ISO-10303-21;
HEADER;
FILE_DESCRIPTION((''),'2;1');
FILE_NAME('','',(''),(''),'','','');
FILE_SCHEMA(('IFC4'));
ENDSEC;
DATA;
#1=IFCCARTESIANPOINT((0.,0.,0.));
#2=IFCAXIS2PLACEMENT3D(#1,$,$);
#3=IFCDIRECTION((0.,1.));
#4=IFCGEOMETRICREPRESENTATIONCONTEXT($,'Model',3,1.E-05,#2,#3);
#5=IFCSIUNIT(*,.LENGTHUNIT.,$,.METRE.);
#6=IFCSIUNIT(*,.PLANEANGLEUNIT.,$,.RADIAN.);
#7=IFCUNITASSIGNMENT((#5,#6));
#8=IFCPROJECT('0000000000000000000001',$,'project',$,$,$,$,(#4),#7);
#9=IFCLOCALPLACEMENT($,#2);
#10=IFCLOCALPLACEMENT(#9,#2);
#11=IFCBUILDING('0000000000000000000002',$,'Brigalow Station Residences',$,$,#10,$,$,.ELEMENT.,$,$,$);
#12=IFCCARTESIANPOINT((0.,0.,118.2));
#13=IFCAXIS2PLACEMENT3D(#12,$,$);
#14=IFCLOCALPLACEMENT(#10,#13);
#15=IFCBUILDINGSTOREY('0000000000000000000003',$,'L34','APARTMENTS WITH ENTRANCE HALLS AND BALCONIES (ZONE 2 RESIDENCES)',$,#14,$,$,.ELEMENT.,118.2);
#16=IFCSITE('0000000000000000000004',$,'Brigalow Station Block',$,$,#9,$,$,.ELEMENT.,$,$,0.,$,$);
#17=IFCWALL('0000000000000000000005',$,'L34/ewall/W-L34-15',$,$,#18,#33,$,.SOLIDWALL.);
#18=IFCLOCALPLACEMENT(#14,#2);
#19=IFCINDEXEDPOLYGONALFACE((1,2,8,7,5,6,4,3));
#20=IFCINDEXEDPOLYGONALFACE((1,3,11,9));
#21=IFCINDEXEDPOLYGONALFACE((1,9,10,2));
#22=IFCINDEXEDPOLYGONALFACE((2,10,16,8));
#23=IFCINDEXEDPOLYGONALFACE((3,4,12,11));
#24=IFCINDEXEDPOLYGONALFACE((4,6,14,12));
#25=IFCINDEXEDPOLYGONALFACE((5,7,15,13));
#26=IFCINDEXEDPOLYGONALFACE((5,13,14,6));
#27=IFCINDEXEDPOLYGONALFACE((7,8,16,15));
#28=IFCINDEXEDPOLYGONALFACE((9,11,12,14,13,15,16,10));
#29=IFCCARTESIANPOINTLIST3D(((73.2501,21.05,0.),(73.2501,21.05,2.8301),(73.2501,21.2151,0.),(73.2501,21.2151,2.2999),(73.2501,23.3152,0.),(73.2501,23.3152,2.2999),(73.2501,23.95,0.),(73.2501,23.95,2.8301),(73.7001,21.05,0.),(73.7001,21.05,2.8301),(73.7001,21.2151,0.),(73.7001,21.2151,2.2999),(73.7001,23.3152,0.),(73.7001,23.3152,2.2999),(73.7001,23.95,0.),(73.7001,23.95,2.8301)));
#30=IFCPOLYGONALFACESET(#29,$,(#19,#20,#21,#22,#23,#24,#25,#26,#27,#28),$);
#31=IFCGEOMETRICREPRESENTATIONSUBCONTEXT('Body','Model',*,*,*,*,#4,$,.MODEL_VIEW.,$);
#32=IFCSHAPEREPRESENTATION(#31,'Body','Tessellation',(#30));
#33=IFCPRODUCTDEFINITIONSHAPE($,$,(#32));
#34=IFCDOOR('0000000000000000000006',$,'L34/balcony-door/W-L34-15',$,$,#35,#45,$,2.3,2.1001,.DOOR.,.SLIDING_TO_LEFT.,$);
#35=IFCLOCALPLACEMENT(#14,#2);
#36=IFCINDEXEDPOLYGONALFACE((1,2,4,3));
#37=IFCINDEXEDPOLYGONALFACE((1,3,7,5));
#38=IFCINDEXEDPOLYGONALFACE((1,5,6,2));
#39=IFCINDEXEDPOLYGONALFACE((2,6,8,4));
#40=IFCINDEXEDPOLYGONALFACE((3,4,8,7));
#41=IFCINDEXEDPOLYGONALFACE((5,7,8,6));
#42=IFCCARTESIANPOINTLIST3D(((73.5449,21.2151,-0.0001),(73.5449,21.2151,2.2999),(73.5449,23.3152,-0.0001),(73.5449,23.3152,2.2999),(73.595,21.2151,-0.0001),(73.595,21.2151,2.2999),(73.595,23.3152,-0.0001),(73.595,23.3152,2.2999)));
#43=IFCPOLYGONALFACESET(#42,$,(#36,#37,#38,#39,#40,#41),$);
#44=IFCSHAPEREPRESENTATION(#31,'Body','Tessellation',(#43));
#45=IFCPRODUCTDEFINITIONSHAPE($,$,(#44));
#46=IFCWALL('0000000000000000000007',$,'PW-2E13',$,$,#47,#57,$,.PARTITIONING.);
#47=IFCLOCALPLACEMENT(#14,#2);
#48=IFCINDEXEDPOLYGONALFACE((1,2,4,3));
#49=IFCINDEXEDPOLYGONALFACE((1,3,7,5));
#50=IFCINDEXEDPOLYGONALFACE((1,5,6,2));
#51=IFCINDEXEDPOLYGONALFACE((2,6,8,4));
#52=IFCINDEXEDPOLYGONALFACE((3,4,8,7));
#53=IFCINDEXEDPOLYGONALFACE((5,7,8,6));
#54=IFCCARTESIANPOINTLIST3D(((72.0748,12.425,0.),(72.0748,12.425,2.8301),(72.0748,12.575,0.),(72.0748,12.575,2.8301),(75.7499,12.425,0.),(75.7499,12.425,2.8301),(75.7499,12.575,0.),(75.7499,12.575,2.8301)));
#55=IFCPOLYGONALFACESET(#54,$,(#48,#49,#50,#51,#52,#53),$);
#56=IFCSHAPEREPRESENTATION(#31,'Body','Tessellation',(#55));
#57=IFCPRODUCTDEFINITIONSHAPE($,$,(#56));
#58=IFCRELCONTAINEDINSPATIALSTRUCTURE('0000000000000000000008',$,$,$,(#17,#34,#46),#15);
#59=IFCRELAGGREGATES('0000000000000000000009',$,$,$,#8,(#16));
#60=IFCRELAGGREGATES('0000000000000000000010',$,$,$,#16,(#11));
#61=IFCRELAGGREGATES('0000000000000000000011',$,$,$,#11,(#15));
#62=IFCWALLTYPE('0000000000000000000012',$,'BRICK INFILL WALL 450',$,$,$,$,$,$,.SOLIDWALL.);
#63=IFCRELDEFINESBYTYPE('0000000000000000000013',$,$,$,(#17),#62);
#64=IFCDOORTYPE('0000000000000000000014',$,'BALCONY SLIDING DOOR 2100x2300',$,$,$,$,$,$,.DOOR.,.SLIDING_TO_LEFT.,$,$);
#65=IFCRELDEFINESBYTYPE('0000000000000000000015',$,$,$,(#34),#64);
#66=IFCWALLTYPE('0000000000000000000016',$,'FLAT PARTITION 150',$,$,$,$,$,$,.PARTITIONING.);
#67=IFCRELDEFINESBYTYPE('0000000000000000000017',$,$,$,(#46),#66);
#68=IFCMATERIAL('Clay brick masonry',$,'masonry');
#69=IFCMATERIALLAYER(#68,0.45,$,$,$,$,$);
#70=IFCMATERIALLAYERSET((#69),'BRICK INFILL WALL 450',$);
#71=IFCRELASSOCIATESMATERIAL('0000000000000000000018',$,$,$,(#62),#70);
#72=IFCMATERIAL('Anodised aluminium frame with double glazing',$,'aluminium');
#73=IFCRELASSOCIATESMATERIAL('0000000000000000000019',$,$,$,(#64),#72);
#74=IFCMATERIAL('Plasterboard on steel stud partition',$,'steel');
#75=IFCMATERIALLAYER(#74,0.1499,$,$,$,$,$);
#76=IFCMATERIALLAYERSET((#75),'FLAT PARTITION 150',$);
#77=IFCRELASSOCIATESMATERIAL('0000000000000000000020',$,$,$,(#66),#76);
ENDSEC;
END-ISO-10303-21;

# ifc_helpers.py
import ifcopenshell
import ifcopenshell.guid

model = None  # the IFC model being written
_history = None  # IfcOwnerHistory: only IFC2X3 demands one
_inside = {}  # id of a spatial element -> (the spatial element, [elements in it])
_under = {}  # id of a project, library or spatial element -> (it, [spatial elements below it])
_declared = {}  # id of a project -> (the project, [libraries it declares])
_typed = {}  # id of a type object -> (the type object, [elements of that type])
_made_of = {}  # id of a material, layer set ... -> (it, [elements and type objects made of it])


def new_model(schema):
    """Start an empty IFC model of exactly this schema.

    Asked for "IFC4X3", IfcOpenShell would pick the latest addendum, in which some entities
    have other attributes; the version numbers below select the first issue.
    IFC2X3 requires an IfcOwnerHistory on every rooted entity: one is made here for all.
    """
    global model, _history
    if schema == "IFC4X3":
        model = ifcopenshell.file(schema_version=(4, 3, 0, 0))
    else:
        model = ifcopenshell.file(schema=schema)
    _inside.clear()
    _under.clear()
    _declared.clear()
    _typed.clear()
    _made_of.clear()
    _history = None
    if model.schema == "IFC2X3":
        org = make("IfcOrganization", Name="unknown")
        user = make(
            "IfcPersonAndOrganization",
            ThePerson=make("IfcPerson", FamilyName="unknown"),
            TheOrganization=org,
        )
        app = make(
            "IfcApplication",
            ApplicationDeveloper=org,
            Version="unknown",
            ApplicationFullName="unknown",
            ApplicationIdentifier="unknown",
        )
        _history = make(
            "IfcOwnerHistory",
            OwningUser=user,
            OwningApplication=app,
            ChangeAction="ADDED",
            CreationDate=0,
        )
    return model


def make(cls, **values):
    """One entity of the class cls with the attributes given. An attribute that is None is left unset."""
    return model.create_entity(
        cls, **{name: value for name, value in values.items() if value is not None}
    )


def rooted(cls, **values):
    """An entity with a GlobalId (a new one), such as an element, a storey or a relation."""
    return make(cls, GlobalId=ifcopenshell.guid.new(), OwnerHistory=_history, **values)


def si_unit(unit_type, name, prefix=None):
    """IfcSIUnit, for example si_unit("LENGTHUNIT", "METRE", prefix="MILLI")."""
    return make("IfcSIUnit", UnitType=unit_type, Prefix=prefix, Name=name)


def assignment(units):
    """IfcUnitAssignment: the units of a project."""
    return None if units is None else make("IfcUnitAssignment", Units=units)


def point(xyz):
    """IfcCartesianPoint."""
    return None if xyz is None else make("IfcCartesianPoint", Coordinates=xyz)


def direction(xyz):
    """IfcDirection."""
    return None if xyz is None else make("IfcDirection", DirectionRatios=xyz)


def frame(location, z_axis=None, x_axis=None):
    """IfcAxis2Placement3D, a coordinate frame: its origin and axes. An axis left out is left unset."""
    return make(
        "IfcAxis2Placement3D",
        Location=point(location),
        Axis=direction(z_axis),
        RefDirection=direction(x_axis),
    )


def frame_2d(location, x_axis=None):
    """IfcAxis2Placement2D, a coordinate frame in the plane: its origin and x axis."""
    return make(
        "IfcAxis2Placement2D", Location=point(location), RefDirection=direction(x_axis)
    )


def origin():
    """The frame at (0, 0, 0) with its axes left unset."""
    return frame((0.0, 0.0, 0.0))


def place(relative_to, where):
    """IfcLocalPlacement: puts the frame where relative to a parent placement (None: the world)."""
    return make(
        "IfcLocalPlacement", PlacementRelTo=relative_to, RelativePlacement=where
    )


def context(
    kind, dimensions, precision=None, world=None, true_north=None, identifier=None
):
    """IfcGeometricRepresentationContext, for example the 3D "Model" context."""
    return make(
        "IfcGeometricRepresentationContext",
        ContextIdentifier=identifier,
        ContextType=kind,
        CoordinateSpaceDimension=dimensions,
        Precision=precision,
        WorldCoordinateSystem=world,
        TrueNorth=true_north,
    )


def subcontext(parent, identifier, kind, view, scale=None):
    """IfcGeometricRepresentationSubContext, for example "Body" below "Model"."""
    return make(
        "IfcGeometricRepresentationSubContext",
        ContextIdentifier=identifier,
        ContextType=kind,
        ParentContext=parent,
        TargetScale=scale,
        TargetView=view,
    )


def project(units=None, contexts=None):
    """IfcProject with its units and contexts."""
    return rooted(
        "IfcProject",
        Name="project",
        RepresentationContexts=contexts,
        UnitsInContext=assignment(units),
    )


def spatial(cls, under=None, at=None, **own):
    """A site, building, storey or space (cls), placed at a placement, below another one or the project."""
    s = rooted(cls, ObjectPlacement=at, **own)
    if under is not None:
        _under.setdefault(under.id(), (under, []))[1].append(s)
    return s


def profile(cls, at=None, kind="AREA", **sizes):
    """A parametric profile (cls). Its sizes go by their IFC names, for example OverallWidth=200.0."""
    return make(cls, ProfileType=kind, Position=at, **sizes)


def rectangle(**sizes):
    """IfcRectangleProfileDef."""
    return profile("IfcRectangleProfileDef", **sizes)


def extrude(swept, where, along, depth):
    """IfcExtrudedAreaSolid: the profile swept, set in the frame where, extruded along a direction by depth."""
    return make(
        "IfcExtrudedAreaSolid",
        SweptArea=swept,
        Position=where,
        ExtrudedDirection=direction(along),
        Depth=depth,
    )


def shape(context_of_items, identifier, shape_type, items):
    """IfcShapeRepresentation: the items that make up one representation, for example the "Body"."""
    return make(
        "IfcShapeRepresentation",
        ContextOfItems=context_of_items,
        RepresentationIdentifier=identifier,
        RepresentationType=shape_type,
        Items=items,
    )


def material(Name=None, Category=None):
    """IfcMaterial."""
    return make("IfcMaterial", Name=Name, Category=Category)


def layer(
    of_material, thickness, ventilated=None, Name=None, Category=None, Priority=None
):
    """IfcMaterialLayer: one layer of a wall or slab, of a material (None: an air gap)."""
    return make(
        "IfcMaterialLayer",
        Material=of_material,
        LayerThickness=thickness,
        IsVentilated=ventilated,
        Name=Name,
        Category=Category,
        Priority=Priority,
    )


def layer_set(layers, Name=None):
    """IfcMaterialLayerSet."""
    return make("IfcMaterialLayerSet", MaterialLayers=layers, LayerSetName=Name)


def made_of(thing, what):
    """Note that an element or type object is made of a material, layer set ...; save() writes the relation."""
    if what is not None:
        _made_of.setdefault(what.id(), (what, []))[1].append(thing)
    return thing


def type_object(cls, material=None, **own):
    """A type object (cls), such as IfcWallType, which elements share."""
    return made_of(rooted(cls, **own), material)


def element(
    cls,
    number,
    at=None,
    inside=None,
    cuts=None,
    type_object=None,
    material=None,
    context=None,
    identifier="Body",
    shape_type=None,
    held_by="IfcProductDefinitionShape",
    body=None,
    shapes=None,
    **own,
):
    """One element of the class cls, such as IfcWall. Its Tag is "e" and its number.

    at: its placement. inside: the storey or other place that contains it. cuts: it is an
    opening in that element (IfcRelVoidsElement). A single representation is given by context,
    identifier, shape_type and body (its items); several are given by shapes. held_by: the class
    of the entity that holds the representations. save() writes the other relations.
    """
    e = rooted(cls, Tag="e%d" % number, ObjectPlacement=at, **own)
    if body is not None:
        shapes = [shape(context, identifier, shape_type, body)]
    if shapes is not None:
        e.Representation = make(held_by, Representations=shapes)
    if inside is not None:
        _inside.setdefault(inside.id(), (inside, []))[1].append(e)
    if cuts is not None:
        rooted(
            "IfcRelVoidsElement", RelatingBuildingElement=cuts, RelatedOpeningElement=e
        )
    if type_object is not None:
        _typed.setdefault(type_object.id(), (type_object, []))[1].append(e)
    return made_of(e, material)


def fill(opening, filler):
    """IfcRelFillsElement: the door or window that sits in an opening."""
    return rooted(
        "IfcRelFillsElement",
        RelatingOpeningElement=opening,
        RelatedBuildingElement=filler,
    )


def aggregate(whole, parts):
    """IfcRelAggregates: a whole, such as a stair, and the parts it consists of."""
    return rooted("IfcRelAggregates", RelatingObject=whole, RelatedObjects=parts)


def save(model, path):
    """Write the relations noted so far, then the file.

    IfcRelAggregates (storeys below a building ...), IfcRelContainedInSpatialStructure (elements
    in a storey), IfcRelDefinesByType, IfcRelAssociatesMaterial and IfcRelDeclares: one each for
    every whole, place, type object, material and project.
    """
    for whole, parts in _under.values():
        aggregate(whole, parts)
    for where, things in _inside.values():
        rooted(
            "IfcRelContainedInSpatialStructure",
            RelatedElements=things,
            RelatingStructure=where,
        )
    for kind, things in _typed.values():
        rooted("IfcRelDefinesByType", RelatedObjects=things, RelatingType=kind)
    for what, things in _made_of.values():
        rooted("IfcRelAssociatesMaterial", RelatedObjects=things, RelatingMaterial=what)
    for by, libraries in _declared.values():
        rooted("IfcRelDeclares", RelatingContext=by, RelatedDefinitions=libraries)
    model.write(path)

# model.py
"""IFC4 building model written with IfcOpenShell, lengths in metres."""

from ifc_helpers import new_model, si_unit, direction, frame, frame_2d, origin, place, context, subcontext, project, spatial, rectangle, extrude, material, layer, layer_set, type_object, element, fill, save


model = new_model("IFC4")

# Units and contexts
model_context = context("Model", 3, precision=1e-05, world=origin(), true_north=direction((0.0, 1.0)))
body_context = subcontext(model_context, "Body", "Model", "MODEL_VIEW")
ifc_project = project(units=[si_unit("LENGTHUNIT", "METRE"), si_unit("PLANEANGLEUNIT", "RADIAN")], contexts=[model_context])

# Site, building, storey
site_placement = place(None, origin())
site = spatial("IfcSite", under=ifc_project, at=site_placement, Name="Brigalow Station Block", CompositionType="ELEMENT", RefElevation=0.0)
building_placement = place(site_placement, origin())
building = spatial("IfcBuilding", under=site, at=building_placement, Name="Brigalow Station Residences", CompositionType="ELEMENT")
storey_placement = place(building_placement, frame((0.0, 0.0, 118.2)))
storey = spatial("IfcBuildingStorey", under=building, at=storey_placement, Name="L34", Description="APARTMENTS WITH ENTRANCE HALLS AND BALCONIES (ZONE 2 RESIDENCES)", CompositionType="ELEMENT", Elevation=118.2)

# Shared definitions
ifc_material_1 = material(Name="Clay brick masonry", Category="masonry")
ifc_layer_1 = layer(ifc_material_1, 0.45)
ifc_layer_set_1 = layer_set([ifc_layer_1], Name="BRICK INFILL WALL 450")
wall_type_1 = type_object("IfcWallType", Name="BRICK INFILL WALL 450", PredefinedType="SOLIDWALL", material=ifc_layer_set_1)

# Wall, opening, door
wall_1_placement = place(storey_placement, frame((73.4751, 21.05, 0.0), z_axis=(0.0, 0.0, 1.0), x_axis=(0.0, 1.0, 0.0)))
wall_1 = element("IfcWall", 1, at=wall_1_placement, inside=storey, type_object=wall_type_1, Name="L34/ewall/W-L34-15", PredefinedType="SOLIDWALL", context=body_context, shape_type="SweptSolid", body=[
    extrude(rectangle(XDim=2.8999, YDim=0.45, at=frame_2d((1.45, 0.0))), origin(), (0.0, 0.0, 1.0), 2.8301),
])
opening_1_placement = place(wall_1_placement, frame((0.165, 0.0, 0.0)))
opening_1 = element("IfcOpeningElement", 2, at=opening_1_placement, cuts=wall_1, PredefinedType="OPENING", context=body_context, shape_type="SweptSolid", body=[
    extrude(rectangle(XDim=2.1001, YDim=2.3, at=frame_2d((1.05, 1.1499))), frame((0.0, 0.2349, 0.0), z_axis=(0.0, -1.0, 0.0), x_axis=(1.0, 0.0, 0.0)), (0.0, 0.0, 1.0), 0.47),
])
ifc_material_2 = material(Name="Anodised aluminium frame with double glazing", Category="aluminium")
door_type_1 = type_object("IfcDoorType", Name="BALCONY SLIDING DOOR 2100x2300", OperationType="SLIDING_TO_LEFT", PredefinedType="DOOR", material=ifc_material_2)
door_1_placement = place(opening_1_placement, origin())
door_1 = element("IfcDoor", 3, at=door_1_placement, inside=storey, type_object=door_type_1, Name="L34/balcony-door/W-L34-15", OperationType="SLIDING_TO_LEFT", OverallHeight=2.3, OverallWidth=2.1001, PredefinedType="DOOR", context=body_context, shape_type="SweptSolid", body=[
    extrude(rectangle(XDim=2.1001, YDim=2.3, at=frame_2d((1.05, 1.1499))), frame((0.0, -0.0698, 0.0), z_axis=(0.0, -1.0, 0.0), x_axis=(1.0, 0.0, 0.0)), (0.0, 0.0, 1.0), 0.05),
])
fill(opening_1, door_1)

# Wall
ifc_material_3 = material(Name="Plasterboard on steel stud partition", Category="steel")
ifc_layer_2 = layer(ifc_material_3, 0.1499)
ifc_layer_set_2 = layer_set([ifc_layer_2], Name="FLAT PARTITION 150")
wall_type_2 = type_object("IfcWallType", Name="FLAT PARTITION 150", PredefinedType="PARTITIONING", material=ifc_layer_set_2)
wall_2_placement = place(storey_placement, frame((72.075, 12.5, 0.0), z_axis=(0.0, 0.0, 1.0), x_axis=(1.0, 0.0, 0.0)))
element("IfcWall", 4, at=wall_2_placement, inside=storey, type_object=wall_type_2, Name="PW-2E13", PredefinedType="PARTITIONING", context=body_context, shape_type="SweptSolid", body=[
    extrude(rectangle(XDim=3.675, YDim=0.1499, at=frame_2d((1.8374, 0.0))), origin(), (0.0, 0.0, 1.0), 2.8301),
])

save(model, "model.ifc")
